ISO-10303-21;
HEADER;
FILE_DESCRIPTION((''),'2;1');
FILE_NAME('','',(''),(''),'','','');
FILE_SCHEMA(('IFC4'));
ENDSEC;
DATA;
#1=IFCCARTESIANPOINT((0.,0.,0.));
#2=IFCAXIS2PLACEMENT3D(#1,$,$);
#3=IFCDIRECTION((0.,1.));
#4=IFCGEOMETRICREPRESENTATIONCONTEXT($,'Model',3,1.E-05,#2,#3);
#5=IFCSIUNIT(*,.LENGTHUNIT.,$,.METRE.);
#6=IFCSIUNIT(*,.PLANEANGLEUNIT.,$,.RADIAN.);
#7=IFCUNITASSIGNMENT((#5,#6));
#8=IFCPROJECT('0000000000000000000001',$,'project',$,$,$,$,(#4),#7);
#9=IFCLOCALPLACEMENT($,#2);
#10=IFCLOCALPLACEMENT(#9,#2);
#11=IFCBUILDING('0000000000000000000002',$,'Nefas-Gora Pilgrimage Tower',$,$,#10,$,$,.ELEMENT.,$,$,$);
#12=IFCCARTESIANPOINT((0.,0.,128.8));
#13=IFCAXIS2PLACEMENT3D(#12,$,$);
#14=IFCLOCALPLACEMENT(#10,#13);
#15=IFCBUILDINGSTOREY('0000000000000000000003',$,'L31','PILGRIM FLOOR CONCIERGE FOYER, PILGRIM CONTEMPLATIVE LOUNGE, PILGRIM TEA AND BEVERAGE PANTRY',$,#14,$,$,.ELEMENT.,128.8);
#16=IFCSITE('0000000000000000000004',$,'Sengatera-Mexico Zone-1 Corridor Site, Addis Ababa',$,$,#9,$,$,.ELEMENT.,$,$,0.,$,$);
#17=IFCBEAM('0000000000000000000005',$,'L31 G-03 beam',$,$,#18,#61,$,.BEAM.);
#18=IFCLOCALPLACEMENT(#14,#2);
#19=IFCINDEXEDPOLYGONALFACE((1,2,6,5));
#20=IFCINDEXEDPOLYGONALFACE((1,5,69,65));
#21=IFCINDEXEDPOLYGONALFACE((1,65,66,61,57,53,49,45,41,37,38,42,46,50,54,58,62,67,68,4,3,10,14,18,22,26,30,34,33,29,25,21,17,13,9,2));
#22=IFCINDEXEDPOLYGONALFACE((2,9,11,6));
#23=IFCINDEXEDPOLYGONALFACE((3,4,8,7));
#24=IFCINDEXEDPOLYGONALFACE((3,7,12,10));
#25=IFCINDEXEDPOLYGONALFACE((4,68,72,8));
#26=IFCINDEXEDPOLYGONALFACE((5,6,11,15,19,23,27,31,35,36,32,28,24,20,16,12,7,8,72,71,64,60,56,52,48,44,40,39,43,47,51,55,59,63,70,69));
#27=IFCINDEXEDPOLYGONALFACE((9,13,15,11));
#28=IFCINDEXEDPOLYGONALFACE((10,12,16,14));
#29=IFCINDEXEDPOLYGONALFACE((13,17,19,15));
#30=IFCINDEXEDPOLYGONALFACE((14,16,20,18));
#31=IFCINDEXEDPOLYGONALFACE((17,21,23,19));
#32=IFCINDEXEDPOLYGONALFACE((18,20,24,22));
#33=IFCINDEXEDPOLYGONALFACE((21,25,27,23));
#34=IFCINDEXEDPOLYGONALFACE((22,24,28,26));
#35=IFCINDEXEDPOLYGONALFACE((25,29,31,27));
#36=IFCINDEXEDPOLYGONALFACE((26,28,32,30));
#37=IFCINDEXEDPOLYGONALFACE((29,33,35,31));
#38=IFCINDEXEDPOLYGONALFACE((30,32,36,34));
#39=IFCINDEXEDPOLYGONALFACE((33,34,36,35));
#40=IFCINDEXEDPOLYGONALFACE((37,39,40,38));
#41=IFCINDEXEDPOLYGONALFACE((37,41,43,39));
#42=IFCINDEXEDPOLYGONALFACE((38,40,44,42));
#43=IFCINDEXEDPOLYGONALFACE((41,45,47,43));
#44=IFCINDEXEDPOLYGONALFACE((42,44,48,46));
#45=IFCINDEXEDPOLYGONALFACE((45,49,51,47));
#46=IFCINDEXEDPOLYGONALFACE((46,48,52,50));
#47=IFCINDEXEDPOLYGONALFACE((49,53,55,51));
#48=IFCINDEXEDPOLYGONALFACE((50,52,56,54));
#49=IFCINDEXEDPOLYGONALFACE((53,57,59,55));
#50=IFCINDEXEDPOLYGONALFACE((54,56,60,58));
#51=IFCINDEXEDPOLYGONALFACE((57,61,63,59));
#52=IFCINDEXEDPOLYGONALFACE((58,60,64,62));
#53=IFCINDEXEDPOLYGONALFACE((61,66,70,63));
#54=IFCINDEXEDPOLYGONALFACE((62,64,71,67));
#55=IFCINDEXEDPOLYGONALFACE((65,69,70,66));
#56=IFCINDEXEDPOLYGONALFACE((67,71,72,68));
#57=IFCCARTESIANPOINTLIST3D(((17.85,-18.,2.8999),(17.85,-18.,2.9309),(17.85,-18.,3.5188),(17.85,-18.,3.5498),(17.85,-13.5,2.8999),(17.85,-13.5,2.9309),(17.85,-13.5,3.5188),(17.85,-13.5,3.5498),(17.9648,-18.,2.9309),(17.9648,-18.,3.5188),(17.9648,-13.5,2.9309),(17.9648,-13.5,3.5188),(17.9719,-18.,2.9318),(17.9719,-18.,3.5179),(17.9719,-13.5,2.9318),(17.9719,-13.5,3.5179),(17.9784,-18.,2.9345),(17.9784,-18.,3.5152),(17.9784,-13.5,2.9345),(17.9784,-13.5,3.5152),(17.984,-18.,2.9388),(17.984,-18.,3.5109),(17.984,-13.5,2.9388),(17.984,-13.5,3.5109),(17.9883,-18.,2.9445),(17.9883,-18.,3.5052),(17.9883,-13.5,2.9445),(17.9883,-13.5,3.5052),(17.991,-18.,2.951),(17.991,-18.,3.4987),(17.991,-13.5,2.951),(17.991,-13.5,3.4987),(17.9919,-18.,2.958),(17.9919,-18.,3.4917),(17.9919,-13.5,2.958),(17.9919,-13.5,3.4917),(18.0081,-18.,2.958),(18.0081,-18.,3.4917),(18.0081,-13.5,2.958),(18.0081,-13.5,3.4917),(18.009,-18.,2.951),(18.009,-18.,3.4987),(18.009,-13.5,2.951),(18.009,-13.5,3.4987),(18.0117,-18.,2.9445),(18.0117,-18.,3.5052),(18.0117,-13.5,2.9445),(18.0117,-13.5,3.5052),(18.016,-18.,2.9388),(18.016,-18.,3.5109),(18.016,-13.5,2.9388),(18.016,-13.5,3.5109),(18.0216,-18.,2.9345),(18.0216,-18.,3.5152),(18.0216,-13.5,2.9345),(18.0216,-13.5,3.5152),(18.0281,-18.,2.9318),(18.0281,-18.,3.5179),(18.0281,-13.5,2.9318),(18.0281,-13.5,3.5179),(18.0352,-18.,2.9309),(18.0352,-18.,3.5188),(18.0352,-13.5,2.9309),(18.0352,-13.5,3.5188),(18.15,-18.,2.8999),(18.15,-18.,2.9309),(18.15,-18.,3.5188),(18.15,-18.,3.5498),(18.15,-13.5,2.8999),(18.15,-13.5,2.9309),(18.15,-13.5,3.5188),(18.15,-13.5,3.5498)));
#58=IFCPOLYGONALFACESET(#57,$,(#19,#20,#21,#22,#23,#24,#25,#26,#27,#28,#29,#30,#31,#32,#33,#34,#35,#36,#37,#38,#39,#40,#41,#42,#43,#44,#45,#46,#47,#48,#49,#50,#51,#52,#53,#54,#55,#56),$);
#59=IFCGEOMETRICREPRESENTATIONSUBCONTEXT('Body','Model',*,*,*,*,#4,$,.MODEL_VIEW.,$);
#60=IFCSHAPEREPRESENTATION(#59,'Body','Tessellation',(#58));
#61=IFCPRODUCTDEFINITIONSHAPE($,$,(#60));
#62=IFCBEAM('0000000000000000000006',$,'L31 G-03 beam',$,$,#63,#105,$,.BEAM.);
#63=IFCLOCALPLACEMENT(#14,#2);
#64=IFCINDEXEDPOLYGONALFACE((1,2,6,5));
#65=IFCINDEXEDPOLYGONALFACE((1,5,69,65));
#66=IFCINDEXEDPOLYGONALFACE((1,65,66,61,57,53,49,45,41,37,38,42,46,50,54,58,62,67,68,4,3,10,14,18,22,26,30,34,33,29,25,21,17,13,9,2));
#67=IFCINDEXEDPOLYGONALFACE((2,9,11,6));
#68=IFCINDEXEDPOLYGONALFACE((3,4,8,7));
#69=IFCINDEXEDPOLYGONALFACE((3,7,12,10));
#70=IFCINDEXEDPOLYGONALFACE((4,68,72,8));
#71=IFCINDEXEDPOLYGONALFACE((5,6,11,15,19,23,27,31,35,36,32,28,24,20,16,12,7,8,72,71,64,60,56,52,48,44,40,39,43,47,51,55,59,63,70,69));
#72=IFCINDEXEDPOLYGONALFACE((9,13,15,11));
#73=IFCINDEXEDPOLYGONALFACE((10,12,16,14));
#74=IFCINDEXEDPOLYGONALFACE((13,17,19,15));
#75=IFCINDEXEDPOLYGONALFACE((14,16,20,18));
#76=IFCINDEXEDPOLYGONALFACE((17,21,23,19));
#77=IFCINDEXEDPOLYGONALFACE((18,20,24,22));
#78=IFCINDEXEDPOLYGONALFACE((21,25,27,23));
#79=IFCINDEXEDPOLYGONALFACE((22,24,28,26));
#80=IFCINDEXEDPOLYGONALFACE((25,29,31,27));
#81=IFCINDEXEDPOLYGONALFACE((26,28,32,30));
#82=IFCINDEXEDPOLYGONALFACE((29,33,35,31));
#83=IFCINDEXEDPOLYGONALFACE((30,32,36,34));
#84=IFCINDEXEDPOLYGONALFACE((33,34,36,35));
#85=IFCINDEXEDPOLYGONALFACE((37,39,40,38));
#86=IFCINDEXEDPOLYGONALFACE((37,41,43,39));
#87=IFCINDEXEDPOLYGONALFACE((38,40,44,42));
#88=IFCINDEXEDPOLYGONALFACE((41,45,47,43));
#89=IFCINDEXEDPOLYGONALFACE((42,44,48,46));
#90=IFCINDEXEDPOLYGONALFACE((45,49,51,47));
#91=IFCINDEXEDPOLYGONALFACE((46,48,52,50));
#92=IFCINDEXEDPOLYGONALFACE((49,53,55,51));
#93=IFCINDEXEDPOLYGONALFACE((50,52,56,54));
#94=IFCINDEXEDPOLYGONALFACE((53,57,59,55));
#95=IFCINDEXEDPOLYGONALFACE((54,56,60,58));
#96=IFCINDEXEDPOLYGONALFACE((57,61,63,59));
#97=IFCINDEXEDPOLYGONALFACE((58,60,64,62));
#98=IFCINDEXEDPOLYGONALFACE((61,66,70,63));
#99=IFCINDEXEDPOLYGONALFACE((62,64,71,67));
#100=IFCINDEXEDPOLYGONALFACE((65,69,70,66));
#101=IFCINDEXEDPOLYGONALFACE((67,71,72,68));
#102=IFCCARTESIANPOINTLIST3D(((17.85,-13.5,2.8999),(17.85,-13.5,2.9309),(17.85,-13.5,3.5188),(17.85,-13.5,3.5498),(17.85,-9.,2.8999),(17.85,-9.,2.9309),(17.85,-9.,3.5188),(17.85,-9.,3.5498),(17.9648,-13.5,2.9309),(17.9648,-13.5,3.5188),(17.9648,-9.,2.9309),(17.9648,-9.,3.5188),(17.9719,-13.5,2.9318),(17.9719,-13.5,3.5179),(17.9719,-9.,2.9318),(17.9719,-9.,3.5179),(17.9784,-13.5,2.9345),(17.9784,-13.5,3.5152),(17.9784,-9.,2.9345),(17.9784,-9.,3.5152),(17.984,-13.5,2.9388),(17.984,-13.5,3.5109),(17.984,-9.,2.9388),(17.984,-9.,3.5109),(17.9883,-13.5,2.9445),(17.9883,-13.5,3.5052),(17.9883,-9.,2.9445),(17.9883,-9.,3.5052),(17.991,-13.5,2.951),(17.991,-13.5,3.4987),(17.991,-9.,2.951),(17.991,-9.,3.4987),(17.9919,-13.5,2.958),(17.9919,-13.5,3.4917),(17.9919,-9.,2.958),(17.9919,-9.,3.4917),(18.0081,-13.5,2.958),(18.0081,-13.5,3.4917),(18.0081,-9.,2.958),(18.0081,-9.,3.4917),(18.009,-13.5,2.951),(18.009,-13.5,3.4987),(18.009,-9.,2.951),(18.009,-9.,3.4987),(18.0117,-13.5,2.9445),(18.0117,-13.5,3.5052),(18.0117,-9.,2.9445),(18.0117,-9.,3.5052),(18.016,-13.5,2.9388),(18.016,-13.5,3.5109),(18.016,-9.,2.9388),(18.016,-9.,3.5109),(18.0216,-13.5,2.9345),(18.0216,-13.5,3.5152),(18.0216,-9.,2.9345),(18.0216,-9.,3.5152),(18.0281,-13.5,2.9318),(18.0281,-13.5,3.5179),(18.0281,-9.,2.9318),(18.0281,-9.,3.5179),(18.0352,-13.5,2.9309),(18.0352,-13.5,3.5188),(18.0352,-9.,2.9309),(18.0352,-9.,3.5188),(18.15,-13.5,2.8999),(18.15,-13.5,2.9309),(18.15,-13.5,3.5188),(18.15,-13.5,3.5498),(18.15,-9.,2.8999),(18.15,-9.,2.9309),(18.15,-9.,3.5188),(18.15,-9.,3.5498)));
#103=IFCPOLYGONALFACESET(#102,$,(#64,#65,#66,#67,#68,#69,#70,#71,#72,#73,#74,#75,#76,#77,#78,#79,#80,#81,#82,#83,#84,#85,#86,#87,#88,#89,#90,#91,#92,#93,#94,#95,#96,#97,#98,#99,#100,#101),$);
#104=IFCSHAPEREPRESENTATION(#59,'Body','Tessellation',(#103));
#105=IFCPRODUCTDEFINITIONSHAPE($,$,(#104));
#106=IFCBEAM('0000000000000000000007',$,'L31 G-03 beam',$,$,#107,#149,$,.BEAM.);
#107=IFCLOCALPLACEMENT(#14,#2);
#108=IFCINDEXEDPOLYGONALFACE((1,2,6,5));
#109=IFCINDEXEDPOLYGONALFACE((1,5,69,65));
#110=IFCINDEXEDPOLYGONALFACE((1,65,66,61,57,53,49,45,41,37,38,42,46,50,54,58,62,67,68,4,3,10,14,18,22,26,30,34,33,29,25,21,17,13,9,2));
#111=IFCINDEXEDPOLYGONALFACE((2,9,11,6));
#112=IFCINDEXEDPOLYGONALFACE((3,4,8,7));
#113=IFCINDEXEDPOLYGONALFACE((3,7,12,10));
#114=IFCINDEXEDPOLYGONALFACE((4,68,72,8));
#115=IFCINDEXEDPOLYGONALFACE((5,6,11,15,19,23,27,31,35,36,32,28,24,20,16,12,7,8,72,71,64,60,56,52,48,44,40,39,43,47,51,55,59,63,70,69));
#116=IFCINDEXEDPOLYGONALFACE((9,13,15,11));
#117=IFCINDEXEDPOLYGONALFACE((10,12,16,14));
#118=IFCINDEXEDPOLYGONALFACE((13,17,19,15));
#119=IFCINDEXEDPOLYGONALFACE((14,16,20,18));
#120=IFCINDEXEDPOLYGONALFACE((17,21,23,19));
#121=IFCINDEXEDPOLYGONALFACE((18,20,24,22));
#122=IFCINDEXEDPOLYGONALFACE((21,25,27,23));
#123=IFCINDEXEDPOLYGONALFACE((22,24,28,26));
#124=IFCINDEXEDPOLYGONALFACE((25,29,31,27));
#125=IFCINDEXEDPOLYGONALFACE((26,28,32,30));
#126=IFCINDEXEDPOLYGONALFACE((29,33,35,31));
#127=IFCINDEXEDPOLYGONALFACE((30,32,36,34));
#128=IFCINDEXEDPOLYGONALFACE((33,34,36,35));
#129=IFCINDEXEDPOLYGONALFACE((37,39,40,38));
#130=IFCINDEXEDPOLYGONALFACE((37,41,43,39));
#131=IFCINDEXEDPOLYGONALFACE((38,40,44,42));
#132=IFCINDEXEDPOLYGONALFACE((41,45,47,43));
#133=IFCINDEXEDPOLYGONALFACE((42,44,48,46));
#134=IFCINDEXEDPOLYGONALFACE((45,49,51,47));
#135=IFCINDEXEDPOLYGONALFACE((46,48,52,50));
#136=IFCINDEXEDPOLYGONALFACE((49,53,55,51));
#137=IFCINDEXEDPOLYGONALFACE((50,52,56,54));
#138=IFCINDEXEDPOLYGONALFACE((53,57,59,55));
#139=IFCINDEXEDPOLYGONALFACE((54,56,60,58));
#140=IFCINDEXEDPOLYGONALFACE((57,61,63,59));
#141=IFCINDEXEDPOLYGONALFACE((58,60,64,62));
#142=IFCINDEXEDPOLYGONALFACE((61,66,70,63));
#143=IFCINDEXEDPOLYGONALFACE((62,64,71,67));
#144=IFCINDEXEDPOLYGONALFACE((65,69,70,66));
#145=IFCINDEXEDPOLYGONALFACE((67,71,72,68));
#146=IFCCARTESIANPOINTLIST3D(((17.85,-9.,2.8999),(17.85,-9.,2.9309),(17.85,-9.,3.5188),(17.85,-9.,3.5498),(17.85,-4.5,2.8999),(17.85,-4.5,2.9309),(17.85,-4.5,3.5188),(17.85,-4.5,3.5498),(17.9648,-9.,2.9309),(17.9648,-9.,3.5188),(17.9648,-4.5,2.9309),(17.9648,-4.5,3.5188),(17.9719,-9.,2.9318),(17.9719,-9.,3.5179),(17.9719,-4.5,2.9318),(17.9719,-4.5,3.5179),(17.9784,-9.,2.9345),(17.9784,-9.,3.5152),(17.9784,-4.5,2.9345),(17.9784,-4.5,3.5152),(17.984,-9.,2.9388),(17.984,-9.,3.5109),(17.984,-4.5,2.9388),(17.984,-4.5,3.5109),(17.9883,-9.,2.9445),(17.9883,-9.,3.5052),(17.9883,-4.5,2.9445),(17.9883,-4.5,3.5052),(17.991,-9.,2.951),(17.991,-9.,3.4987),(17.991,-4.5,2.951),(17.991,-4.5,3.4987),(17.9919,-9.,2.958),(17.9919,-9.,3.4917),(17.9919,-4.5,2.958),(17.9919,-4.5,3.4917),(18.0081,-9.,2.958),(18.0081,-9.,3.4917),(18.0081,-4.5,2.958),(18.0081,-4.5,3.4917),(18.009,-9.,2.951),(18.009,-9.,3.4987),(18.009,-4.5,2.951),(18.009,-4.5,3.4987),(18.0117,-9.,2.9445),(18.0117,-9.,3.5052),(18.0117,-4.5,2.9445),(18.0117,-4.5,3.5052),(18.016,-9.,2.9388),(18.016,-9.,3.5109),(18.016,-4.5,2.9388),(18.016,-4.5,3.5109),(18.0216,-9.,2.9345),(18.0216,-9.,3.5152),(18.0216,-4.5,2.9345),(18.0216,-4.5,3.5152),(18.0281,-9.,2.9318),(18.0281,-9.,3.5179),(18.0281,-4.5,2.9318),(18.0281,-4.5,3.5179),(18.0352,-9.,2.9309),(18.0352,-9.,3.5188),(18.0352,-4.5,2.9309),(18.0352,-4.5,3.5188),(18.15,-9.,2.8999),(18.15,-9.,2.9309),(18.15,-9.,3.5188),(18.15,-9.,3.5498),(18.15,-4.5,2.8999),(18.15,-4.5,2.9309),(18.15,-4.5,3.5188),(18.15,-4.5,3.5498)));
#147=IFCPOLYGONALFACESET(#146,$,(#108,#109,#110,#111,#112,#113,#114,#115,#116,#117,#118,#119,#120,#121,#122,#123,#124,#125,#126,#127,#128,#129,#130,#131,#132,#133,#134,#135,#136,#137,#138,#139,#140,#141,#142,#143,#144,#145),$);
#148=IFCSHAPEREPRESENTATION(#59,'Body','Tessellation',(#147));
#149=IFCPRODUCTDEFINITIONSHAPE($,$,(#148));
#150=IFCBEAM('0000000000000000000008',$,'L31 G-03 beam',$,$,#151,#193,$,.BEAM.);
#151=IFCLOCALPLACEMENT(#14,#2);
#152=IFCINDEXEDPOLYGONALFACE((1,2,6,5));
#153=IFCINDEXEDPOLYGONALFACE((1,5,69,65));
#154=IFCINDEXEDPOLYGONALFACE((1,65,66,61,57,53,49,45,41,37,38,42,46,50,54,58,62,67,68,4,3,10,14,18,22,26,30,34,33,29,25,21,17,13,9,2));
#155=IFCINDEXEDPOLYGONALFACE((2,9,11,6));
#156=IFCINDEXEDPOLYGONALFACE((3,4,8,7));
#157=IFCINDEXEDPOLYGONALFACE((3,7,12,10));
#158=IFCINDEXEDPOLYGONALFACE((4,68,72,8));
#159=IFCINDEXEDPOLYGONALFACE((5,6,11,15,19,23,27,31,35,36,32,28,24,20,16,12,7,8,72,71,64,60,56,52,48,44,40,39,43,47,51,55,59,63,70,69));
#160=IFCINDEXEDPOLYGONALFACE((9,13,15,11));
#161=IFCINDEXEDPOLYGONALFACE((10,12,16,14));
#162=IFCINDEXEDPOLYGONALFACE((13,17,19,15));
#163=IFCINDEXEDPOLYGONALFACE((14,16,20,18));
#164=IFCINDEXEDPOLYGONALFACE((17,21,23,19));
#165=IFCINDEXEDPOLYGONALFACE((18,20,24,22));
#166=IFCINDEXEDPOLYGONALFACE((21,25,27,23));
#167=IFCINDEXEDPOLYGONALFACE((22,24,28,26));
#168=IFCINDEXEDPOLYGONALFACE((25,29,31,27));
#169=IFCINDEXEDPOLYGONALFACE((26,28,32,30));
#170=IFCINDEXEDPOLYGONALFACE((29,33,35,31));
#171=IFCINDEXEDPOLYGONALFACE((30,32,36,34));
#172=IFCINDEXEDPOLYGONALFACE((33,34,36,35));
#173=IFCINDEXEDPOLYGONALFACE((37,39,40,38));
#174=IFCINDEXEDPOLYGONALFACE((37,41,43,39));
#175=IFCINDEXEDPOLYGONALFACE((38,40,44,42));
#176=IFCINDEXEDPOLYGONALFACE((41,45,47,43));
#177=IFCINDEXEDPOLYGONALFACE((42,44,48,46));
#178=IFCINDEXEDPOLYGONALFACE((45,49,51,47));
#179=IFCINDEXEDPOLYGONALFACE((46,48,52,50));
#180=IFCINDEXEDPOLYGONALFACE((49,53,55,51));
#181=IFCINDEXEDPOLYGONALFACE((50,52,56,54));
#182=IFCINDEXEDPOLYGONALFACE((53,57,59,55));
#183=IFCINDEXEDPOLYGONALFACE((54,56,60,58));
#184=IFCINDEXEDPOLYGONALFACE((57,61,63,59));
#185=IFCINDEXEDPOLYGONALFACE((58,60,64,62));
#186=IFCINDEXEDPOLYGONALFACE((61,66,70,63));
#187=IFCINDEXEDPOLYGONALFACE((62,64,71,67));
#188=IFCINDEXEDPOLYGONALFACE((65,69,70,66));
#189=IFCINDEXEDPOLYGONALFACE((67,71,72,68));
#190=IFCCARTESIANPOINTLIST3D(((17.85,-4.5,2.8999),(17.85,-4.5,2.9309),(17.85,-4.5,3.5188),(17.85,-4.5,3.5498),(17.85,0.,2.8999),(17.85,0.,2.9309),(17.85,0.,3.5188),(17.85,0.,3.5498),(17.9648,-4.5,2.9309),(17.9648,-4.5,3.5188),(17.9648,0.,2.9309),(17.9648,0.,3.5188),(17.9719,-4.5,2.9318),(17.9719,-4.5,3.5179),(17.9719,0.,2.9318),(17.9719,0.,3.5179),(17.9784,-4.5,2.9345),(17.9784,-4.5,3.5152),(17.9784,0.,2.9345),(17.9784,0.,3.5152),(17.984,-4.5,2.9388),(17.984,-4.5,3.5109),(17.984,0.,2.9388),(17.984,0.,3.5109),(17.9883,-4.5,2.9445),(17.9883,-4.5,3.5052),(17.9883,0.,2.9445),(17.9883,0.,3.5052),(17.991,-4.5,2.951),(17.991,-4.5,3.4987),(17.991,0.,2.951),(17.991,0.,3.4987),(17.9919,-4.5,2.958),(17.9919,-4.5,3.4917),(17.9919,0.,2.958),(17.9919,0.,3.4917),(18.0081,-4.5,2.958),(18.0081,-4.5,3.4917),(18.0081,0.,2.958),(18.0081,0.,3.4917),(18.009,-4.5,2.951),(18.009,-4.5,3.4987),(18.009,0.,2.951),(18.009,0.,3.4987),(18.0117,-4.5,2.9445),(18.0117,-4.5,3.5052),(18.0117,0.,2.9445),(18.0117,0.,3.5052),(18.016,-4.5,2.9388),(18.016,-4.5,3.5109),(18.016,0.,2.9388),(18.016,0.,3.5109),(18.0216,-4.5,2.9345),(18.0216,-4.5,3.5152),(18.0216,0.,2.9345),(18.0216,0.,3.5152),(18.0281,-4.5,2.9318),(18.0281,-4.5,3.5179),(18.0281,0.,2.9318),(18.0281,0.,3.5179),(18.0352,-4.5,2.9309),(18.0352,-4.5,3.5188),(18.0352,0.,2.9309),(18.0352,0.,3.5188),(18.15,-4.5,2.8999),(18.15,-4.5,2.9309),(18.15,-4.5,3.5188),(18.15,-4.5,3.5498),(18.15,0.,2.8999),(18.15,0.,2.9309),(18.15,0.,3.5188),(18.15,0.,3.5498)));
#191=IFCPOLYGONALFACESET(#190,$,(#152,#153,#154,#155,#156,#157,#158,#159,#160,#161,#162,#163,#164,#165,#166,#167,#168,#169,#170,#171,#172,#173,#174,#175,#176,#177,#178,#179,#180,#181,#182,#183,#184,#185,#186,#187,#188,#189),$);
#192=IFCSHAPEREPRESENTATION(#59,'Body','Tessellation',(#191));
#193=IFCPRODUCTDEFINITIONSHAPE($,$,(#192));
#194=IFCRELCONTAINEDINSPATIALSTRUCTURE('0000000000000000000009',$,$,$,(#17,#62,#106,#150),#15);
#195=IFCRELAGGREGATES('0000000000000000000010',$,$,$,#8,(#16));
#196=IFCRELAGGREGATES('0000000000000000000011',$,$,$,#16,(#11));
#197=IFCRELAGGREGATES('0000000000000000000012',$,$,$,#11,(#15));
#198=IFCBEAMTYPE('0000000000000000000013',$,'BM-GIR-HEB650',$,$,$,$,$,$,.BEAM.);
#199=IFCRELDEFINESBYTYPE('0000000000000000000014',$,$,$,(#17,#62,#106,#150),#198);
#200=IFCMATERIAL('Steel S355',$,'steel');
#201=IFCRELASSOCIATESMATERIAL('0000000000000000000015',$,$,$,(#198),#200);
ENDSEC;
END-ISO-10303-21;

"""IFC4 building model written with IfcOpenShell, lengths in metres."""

from ifc_helpers import new_model, si_unit, direction, frame, origin, origin_2d, place, context, subcontext, project, spatial, i_section, extrude, source, transform, mapped, material, material_profile, profile_set, type_object, element, save


model = new_model("IFC4")

# Units and contexts
model_context = context("Model", 3, precision=1e-05, world=origin(), true_north=direction((0.0, 1.0)))
body_context = subcontext(model_context, "Body", "Model", "MODEL_VIEW")
ifc_project = project(units=[si_unit("LENGTHUNIT", "METRE"), si_unit("PLANEANGLEUNIT", "RADIAN")], contexts=[model_context])

# Site, building, storey
site_placement = place(None, origin())
site = spatial("IfcSite", under=ifc_project, at=site_placement, Name="Sengatera-Mexico Zone-1 Corridor Site, Addis Ababa", CompositionType="ELEMENT", RefElevation=0.0)
building_placement = place(site_placement, origin())
building = spatial("IfcBuilding", under=site, at=building_placement, Name="Nefas-Gora Pilgrimage Tower", CompositionType="ELEMENT")
storey_placement = place(building_placement, frame((0.0, 0.0, 128.8)))
storey = spatial("IfcBuildingStorey", under=building, at=storey_placement, Name="L31", Description="PILGRIM FLOOR CONCIERGE FOYER, PILGRIM CONTEMPLATIVE LOUNGE, PILGRIM TEA AND BEVERAGE PANTRY", CompositionType="ELEMENT", Elevation=128.8)

# Beams
ifc_material_1 = material(Name="Steel S355", Category="steel")
ifc_material_profile_1 = material_profile(ifc_material_1, i_section(OverallWidth=0.3, OverallDepth=0.6499, WebThickness=0.0161, FlangeThickness=0.031, FilletRadius=0.0271, at=origin_2d()), Name="HEB 650")
ifc_profile_set_1 = profile_set([ifc_material_profile_1], Name="Steel S355")
beam_type_1 = type_object("IfcBeamType", Name="BM-GIR-HEB650", PredefinedType="BEAM", material=ifc_profile_set_1)
shared_shape_1 = source(origin(), body_context, "Body", "SweptSolid", [
    extrude(i_section(OverallWidth=0.3, OverallDepth=0.6499, WebThickness=0.0161, FlangeThickness=0.031, FilletRadius=0.0271, at=origin_2d()), origin(), (0.0, 0.0, 1.0), 4.5),
])
for number, where, z_axis, x_axis, name in (
    (1, (18.0, -18.0, 3.2249), (0.0, 1.0, 0.0), (-1.0, 0.0, 0.0), "L31 G-03 beam"),
    (2, (18.0, -13.5, 3.2249), (0.0, 1.0, 0.0), (-1.0, 0.0, 0.0), "L31 G-03 beam"),
    (3, (18.0, -9.0, 3.2249), (0.0, 1.0, 0.0), (-1.0, 0.0, 0.0), "L31 G-03 beam"),
    (4, (18.0, -4.5, 3.2249), (0.0, 1.0, 0.0), (-1.0, 0.0, 0.0), "L31 G-03 beam"),
):
    element("IfcBeam", number, at=place(storey_placement, frame(where, z_axis=z_axis, x_axis=x_axis)), inside=storey, type_object=beam_type_1, Name=name, PredefinedType="BEAM", context=body_context, shape_type="MappedRepresentation", body=[
        mapped(shared_shape_1, transform((0.0, 0.0, 0.0), x_axis=(1.0, 0.0, 0.0), y_axis=(0.0, 1.0, 0.0), z_axis=(0.0, 0.0, 1.0), scale=1.0)),
    ])

save(model, "model.ifc")
